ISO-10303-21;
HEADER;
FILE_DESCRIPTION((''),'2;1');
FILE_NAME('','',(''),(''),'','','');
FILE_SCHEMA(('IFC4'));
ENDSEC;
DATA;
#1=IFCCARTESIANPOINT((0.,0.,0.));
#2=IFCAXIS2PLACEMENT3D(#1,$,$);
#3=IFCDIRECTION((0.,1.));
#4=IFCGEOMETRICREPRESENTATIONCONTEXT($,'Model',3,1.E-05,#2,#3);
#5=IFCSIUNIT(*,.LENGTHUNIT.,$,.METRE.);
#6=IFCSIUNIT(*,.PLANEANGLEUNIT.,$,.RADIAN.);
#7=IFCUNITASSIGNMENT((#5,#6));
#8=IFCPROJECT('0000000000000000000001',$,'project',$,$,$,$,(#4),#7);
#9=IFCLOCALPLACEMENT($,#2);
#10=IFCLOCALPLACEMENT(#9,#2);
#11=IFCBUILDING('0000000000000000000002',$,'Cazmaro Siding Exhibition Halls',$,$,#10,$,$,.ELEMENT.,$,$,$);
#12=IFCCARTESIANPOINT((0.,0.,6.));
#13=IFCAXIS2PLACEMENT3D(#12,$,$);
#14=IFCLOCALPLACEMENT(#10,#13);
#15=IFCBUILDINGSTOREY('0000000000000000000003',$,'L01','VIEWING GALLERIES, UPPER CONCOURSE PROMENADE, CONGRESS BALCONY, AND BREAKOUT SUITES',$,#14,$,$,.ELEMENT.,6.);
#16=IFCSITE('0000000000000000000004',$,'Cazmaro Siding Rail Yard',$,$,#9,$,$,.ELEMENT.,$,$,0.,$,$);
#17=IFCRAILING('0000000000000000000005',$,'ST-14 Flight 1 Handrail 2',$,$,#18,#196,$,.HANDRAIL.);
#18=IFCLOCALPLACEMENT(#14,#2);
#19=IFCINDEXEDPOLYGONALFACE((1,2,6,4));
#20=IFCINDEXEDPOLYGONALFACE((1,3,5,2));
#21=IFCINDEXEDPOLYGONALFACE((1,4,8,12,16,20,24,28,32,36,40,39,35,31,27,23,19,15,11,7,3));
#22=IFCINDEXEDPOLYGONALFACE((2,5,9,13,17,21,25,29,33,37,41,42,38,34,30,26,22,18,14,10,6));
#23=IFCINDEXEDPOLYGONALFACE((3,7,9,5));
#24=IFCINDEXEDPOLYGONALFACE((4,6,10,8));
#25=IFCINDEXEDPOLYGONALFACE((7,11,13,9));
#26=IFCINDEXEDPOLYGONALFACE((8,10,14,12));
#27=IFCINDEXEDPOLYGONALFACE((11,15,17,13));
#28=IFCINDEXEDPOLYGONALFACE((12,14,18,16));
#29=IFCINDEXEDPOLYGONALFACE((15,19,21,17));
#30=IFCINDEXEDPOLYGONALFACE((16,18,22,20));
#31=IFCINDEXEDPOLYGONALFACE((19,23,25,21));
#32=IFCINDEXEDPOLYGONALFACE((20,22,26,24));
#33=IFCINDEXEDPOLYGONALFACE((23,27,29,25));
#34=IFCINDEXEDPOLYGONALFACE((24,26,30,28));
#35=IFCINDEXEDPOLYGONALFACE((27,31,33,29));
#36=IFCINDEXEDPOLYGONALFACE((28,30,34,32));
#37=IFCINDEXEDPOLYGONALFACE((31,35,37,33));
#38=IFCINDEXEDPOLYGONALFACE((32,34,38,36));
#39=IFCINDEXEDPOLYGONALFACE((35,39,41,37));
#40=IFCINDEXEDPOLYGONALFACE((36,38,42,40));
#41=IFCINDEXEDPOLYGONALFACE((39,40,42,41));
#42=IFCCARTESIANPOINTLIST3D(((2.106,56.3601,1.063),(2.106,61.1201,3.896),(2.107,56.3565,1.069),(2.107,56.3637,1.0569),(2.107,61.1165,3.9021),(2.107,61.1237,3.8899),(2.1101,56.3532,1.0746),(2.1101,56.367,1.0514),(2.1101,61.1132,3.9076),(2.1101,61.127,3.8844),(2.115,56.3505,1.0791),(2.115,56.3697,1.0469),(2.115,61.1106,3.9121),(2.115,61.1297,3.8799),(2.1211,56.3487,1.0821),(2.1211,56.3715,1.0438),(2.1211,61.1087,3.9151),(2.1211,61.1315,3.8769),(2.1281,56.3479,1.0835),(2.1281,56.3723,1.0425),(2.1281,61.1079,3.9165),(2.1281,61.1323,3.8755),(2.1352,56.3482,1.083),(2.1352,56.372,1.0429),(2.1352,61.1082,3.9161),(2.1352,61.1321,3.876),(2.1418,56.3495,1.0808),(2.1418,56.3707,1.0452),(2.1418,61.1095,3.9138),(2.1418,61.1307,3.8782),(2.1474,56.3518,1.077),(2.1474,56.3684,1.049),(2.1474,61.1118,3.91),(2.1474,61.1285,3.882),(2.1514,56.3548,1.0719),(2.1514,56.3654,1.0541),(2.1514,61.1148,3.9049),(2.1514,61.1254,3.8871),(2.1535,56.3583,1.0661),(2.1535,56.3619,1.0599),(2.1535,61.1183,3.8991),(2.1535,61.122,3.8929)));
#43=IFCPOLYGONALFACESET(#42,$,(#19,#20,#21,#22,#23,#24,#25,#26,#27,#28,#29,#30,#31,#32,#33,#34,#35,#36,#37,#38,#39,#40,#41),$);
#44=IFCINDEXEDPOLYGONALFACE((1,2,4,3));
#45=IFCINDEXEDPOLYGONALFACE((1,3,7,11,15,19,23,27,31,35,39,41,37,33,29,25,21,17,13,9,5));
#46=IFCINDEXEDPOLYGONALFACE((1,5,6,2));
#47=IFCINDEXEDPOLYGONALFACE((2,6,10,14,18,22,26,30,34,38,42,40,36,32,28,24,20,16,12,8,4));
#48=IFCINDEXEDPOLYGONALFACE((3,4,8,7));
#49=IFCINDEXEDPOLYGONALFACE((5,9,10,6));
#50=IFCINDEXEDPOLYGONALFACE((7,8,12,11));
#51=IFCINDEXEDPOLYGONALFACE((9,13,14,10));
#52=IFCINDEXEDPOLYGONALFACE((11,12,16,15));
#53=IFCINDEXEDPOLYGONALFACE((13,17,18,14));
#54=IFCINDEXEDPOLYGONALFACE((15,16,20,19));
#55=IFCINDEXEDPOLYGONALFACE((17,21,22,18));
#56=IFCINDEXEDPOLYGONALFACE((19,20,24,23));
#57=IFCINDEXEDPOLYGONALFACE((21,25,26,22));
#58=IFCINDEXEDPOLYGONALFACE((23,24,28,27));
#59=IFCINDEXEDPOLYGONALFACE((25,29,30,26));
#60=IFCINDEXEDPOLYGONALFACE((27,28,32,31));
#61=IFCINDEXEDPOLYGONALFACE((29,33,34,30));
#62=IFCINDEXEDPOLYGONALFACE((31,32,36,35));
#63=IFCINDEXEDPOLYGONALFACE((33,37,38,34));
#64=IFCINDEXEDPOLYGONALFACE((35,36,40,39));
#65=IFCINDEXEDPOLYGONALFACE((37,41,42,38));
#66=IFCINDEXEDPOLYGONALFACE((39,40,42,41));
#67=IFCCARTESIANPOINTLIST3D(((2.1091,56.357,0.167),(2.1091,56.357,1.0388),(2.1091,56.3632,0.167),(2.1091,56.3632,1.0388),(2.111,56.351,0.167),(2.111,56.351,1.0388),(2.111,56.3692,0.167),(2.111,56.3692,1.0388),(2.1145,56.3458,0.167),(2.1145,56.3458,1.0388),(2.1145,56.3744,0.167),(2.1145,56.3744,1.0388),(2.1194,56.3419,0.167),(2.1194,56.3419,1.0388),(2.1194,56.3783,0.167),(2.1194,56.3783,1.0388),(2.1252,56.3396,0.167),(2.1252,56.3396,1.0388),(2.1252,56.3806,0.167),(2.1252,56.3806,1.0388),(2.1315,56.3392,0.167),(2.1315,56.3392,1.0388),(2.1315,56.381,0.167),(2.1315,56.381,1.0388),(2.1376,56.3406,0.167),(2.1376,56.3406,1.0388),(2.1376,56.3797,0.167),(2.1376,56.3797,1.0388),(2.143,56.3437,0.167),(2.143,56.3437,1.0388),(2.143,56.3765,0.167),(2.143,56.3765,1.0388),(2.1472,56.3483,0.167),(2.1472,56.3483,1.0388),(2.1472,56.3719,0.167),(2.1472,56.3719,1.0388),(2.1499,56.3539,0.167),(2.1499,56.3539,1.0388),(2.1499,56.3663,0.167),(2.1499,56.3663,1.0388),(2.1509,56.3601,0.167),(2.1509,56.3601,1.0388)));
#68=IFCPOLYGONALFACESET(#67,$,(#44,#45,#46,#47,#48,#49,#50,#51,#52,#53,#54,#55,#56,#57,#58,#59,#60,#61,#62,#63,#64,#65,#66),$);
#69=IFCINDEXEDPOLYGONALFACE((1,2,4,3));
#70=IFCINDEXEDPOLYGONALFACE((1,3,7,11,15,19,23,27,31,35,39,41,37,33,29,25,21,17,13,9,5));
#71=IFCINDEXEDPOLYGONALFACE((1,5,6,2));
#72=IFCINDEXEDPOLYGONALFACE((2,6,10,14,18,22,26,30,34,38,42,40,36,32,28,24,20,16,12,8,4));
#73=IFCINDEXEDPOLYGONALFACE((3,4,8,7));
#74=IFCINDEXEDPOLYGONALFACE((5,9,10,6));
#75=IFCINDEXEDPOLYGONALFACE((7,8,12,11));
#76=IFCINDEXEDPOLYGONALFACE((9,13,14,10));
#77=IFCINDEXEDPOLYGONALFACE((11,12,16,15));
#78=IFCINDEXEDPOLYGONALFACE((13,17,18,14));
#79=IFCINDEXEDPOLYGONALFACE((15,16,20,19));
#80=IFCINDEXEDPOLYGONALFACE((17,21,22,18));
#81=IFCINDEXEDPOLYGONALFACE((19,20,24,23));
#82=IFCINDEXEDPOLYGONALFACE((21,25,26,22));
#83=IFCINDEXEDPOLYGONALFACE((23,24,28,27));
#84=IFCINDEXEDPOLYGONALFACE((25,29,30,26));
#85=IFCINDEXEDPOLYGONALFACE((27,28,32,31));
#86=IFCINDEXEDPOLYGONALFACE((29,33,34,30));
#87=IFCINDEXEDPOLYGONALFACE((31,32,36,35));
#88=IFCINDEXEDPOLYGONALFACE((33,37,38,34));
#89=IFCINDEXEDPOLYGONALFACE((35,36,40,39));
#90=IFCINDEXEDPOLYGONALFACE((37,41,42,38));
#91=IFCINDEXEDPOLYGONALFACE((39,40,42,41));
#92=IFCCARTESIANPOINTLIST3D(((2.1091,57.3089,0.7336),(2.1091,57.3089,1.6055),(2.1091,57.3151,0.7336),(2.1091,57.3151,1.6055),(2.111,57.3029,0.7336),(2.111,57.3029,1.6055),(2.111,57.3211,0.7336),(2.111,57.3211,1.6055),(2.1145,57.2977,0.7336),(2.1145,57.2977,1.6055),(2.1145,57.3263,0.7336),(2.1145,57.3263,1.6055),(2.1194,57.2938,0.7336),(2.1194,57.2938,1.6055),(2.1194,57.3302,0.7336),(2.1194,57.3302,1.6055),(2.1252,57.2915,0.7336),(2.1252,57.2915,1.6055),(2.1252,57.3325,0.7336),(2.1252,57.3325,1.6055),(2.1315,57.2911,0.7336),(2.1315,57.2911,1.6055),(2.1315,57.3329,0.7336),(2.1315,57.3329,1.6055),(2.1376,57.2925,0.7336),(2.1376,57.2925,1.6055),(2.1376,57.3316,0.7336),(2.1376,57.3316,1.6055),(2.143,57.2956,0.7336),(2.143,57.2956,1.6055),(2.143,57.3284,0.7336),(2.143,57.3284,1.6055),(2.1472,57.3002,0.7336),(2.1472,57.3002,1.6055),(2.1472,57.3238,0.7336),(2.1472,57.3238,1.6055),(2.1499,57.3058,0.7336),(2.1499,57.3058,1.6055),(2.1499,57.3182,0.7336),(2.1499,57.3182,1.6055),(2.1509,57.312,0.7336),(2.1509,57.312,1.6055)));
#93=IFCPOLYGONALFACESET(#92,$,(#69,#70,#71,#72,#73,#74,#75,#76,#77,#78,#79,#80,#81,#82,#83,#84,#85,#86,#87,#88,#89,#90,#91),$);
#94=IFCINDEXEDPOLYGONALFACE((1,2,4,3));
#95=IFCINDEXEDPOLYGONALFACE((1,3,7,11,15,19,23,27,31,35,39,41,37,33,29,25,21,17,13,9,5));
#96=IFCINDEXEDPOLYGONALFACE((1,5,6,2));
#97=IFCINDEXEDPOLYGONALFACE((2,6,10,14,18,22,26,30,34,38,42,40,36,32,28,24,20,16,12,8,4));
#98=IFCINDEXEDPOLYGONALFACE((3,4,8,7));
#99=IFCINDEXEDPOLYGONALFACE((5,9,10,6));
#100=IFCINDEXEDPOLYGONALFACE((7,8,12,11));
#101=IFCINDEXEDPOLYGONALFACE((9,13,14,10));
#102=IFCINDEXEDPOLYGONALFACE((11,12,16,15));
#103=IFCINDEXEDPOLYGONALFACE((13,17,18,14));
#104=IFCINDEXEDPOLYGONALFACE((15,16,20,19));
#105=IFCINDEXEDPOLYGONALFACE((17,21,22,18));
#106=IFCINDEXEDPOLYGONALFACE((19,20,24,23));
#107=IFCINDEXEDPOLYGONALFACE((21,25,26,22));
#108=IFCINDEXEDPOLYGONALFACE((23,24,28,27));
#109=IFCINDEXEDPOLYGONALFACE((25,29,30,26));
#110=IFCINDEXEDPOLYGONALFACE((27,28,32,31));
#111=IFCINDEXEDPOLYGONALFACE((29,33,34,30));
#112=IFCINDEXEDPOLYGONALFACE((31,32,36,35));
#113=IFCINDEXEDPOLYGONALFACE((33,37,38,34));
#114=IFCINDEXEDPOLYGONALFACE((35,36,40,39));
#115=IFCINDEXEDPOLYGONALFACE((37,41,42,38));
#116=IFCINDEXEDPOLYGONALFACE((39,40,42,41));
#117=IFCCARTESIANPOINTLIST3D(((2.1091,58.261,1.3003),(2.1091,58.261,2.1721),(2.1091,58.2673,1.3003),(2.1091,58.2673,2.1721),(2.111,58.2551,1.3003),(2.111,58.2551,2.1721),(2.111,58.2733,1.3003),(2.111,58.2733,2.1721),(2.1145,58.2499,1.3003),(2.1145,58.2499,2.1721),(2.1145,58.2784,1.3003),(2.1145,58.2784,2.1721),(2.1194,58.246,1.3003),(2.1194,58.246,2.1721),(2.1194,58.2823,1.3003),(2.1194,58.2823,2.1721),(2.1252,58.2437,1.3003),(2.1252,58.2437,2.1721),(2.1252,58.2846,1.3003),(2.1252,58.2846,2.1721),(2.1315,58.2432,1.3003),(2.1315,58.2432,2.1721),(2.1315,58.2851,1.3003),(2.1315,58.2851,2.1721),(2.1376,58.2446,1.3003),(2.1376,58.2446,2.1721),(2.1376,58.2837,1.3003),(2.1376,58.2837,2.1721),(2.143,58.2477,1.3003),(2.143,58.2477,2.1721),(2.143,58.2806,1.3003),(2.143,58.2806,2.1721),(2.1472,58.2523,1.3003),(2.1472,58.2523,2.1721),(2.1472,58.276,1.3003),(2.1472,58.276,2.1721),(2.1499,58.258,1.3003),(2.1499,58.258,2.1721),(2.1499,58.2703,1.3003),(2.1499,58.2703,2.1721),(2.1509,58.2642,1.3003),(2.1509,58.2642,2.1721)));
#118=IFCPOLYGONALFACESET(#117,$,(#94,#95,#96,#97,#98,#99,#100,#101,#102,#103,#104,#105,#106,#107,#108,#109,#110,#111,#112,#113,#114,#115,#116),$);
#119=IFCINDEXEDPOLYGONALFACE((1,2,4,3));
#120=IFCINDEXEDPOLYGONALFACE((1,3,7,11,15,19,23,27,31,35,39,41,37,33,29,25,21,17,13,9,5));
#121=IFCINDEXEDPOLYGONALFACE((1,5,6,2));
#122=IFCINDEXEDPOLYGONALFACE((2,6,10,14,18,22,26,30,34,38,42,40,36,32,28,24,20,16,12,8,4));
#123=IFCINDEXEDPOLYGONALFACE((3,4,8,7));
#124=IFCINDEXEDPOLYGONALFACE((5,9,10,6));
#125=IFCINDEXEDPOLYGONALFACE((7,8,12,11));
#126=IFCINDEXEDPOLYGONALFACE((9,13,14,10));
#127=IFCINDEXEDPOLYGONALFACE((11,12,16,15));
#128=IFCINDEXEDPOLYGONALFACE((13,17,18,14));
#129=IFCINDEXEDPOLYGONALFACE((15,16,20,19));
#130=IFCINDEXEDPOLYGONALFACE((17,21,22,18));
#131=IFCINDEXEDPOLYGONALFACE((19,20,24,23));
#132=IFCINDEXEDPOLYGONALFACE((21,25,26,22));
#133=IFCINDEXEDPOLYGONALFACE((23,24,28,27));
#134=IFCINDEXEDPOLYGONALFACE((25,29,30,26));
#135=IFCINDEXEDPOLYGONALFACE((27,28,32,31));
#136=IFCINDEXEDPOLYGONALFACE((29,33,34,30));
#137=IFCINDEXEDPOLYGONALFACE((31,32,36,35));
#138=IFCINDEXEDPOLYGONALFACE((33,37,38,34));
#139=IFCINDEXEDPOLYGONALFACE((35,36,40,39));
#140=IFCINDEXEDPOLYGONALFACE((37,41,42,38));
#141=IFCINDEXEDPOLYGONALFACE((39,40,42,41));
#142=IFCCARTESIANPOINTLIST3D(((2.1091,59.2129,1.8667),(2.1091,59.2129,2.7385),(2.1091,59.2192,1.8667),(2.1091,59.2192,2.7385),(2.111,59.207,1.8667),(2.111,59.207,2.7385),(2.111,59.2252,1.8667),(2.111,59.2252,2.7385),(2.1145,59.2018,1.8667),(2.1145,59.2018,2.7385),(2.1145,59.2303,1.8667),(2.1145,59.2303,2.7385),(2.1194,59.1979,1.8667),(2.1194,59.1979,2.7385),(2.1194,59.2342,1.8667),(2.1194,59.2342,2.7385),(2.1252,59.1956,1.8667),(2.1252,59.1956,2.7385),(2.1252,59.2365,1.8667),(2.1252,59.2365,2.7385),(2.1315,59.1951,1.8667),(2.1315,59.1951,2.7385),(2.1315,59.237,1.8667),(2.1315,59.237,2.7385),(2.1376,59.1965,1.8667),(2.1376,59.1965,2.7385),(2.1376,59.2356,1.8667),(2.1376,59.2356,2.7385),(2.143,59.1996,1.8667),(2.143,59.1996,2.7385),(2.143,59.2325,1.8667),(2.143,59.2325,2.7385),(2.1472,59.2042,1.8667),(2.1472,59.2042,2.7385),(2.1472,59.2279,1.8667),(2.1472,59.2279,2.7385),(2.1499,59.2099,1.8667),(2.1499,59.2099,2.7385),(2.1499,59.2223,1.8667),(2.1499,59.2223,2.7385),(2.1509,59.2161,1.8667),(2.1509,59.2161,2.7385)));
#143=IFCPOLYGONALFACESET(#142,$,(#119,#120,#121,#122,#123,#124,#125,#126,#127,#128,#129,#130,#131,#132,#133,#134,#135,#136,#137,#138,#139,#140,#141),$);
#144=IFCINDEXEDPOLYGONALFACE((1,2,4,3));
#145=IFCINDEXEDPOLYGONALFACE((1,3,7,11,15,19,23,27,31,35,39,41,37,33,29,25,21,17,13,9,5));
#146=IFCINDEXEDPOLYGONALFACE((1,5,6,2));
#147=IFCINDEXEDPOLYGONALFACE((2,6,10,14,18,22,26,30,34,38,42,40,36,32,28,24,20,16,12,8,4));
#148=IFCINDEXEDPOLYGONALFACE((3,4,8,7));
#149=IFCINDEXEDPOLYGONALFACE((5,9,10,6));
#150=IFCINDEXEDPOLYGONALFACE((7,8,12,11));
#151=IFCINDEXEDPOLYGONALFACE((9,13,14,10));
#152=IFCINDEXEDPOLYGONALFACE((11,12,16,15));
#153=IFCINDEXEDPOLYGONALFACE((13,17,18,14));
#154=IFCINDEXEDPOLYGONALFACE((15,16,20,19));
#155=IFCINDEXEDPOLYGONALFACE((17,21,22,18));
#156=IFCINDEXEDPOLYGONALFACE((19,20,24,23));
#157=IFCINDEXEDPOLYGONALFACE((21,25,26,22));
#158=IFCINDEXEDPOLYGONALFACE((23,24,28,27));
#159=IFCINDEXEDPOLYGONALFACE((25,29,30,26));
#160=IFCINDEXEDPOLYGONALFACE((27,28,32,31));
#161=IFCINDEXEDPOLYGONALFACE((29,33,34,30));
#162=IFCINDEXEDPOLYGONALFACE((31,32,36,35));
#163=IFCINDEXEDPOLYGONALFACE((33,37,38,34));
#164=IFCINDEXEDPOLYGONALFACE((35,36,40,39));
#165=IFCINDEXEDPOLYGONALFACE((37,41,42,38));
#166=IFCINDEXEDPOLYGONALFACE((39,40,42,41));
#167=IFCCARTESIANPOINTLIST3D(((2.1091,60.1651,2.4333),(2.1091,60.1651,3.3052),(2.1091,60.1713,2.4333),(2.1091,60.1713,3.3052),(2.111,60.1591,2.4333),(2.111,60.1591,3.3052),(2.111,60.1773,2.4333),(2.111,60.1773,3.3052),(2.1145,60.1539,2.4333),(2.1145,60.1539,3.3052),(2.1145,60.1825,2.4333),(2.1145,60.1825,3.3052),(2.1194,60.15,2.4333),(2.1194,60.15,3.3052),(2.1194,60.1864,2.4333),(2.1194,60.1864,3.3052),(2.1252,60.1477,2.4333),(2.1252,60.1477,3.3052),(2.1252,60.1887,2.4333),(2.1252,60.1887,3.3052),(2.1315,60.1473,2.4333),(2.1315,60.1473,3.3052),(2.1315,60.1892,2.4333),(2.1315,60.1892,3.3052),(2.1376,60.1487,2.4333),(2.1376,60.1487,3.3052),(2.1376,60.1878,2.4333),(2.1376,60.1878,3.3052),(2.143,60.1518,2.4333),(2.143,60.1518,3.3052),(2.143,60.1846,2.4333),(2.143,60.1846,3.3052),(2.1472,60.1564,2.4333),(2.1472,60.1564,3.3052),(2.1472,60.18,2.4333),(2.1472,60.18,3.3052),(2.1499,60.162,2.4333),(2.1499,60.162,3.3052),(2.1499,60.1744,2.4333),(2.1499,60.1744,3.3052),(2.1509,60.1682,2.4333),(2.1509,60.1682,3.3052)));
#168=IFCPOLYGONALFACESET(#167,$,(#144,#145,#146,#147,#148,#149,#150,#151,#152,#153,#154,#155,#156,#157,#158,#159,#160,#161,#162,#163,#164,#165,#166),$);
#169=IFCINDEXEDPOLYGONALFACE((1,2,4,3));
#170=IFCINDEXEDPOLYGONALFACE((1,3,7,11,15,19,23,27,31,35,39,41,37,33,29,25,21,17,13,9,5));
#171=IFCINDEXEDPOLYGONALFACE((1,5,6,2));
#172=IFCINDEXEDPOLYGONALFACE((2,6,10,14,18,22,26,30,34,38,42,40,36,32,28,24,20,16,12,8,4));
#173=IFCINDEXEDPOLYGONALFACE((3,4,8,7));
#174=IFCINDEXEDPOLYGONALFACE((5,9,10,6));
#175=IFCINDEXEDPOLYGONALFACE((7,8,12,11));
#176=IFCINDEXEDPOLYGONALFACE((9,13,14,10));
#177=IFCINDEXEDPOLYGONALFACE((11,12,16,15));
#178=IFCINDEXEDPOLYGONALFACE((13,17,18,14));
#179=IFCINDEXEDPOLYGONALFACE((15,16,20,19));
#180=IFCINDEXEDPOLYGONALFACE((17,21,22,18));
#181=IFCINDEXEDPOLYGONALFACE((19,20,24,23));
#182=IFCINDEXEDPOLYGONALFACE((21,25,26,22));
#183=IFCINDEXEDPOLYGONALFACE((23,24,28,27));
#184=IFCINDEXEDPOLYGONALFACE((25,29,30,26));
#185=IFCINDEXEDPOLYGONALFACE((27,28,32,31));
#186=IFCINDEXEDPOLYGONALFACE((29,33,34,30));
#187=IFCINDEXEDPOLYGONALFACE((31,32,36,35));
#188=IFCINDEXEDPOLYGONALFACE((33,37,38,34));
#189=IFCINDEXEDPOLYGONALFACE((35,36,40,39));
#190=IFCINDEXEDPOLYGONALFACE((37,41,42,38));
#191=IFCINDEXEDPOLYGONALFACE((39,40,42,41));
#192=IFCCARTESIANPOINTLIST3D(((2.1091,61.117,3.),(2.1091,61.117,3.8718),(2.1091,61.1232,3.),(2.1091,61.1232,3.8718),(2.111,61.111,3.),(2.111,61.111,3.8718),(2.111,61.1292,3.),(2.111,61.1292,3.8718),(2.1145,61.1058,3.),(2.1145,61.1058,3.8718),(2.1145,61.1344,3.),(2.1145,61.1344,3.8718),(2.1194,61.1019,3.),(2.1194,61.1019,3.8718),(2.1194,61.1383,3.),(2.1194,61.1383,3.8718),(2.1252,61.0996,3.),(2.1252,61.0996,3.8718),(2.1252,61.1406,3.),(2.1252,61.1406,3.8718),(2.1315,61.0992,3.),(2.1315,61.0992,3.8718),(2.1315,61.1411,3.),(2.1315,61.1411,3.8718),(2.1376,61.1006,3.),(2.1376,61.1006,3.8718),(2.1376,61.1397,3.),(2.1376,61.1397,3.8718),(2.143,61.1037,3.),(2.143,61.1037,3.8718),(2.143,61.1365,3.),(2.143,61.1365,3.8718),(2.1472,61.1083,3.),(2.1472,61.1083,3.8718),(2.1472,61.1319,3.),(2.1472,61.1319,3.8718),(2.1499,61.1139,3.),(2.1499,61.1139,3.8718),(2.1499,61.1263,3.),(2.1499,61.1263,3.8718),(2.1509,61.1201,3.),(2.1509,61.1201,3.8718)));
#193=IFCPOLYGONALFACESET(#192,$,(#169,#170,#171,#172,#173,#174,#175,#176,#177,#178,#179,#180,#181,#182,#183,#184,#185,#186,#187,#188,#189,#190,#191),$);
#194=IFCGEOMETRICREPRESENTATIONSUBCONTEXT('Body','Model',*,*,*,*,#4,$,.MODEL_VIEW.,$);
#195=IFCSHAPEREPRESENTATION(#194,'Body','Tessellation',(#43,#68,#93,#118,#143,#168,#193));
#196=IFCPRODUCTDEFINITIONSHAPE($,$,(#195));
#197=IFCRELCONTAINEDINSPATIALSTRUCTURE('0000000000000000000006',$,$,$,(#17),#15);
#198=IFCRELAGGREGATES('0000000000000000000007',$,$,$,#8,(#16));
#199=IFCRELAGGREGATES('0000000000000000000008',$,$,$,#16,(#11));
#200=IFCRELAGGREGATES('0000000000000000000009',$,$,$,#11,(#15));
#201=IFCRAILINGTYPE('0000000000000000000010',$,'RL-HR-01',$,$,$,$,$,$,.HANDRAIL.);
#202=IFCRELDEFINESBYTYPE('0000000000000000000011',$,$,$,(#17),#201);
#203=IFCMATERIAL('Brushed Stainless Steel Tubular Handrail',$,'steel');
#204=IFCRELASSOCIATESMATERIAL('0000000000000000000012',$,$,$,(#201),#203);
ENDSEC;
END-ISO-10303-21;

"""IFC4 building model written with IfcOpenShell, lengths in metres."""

from ifc_helpers import new_model, si_unit, direction, frame, origin, origin_2d, place, context, subcontext, project, spatial, circle, extrude, material, type_object, element, save


model = new_model("IFC4")

# Units and contexts
model_context = context("Model", 3, precision=1e-05, world=origin(), true_north=direction((0.0, 1.0)))
body_context = subcontext(model_context, "Body", "Model", "MODEL_VIEW")
ifc_project = project(units=[si_unit("LENGTHUNIT", "METRE"), si_unit("PLANEANGLEUNIT", "RADIAN")], contexts=[model_context])

# Site, building, storey
site_placement = place(None, origin())
site = spatial("IfcSite", under=ifc_project, at=site_placement, Name="Cazmaro Siding Rail Yard", CompositionType="ELEMENT", RefElevation=0.0)
building_placement = place(site_placement, origin())
building = spatial("IfcBuilding", under=site, at=building_placement, Name="Cazmaro Siding Exhibition Halls", CompositionType="ELEMENT")
storey_placement = place(building_placement, frame((0.0, 0.0, 6.0)))
storey = spatial("IfcBuildingStorey", under=building, at=storey_placement, Name="L01", Description="VIEWING GALLERIES, UPPER CONCOURSE PROMENADE, CONGRESS BALCONY, AND BREAKOUT SUITES", CompositionType="ELEMENT", Elevation=6.0)

# Railing
ifc_material_1 = material(Name="Brushed Stainless Steel Tubular Handrail", Category="steel")
railing_type_1 = type_object("IfcRailingType", Name="RL-HR-01", PredefinedType="HANDRAIL", material=ifc_material_1)
railing_1_placement = place(storey_placement, frame((2.1299, 56.3601, 0.167)))
element("IfcRailing", 1, at=railing_1_placement, inside=storey, type_object=railing_type_1, Name="ST-14 Flight 1 Handrail 2", PredefinedType="HANDRAIL", context=body_context, shape_type="SweptSolid", body=[
    extrude(circle(Radius=0.0239, at=origin_2d()), frame((0.0, 0.0, 0.896), z_axis=(0.0, 0.859319, 0.51144), x_axis=(-1.0, 0.0, 0.0)), (0.0, 0.0, 1.0), 5.5393),
    extrude(circle(Radius=0.021, at=origin_2d()), origin(), (0.0, 0.0, 1.0), 0.8718),
    extrude(circle(Radius=0.021, at=origin_2d()), frame((0.0, 0.9519, 0.5667)), (0.0, 0.0, 1.0), 0.8718),
    extrude(circle(Radius=0.021, at=origin_2d()), frame((0.0, 1.9041, 1.1333)), (0.0, 0.0, 1.0), 0.8718),
    extrude(circle(Radius=0.021, at=origin_2d()), frame((0.0, 2.856, 1.6997)), (0.0, 0.0, 1.0), 0.8718),
    extrude(circle(Radius=0.021, at=origin_2d()), frame((0.0, 3.8081, 2.2664)), (0.0, 0.0, 1.0), 0.8718),
    extrude(circle(Radius=0.021, at=origin_2d()), frame((0.0, 4.76, 2.833)), (0.0, 0.0, 1.0), 0.8718),
])

save(model, "model.ifc")
